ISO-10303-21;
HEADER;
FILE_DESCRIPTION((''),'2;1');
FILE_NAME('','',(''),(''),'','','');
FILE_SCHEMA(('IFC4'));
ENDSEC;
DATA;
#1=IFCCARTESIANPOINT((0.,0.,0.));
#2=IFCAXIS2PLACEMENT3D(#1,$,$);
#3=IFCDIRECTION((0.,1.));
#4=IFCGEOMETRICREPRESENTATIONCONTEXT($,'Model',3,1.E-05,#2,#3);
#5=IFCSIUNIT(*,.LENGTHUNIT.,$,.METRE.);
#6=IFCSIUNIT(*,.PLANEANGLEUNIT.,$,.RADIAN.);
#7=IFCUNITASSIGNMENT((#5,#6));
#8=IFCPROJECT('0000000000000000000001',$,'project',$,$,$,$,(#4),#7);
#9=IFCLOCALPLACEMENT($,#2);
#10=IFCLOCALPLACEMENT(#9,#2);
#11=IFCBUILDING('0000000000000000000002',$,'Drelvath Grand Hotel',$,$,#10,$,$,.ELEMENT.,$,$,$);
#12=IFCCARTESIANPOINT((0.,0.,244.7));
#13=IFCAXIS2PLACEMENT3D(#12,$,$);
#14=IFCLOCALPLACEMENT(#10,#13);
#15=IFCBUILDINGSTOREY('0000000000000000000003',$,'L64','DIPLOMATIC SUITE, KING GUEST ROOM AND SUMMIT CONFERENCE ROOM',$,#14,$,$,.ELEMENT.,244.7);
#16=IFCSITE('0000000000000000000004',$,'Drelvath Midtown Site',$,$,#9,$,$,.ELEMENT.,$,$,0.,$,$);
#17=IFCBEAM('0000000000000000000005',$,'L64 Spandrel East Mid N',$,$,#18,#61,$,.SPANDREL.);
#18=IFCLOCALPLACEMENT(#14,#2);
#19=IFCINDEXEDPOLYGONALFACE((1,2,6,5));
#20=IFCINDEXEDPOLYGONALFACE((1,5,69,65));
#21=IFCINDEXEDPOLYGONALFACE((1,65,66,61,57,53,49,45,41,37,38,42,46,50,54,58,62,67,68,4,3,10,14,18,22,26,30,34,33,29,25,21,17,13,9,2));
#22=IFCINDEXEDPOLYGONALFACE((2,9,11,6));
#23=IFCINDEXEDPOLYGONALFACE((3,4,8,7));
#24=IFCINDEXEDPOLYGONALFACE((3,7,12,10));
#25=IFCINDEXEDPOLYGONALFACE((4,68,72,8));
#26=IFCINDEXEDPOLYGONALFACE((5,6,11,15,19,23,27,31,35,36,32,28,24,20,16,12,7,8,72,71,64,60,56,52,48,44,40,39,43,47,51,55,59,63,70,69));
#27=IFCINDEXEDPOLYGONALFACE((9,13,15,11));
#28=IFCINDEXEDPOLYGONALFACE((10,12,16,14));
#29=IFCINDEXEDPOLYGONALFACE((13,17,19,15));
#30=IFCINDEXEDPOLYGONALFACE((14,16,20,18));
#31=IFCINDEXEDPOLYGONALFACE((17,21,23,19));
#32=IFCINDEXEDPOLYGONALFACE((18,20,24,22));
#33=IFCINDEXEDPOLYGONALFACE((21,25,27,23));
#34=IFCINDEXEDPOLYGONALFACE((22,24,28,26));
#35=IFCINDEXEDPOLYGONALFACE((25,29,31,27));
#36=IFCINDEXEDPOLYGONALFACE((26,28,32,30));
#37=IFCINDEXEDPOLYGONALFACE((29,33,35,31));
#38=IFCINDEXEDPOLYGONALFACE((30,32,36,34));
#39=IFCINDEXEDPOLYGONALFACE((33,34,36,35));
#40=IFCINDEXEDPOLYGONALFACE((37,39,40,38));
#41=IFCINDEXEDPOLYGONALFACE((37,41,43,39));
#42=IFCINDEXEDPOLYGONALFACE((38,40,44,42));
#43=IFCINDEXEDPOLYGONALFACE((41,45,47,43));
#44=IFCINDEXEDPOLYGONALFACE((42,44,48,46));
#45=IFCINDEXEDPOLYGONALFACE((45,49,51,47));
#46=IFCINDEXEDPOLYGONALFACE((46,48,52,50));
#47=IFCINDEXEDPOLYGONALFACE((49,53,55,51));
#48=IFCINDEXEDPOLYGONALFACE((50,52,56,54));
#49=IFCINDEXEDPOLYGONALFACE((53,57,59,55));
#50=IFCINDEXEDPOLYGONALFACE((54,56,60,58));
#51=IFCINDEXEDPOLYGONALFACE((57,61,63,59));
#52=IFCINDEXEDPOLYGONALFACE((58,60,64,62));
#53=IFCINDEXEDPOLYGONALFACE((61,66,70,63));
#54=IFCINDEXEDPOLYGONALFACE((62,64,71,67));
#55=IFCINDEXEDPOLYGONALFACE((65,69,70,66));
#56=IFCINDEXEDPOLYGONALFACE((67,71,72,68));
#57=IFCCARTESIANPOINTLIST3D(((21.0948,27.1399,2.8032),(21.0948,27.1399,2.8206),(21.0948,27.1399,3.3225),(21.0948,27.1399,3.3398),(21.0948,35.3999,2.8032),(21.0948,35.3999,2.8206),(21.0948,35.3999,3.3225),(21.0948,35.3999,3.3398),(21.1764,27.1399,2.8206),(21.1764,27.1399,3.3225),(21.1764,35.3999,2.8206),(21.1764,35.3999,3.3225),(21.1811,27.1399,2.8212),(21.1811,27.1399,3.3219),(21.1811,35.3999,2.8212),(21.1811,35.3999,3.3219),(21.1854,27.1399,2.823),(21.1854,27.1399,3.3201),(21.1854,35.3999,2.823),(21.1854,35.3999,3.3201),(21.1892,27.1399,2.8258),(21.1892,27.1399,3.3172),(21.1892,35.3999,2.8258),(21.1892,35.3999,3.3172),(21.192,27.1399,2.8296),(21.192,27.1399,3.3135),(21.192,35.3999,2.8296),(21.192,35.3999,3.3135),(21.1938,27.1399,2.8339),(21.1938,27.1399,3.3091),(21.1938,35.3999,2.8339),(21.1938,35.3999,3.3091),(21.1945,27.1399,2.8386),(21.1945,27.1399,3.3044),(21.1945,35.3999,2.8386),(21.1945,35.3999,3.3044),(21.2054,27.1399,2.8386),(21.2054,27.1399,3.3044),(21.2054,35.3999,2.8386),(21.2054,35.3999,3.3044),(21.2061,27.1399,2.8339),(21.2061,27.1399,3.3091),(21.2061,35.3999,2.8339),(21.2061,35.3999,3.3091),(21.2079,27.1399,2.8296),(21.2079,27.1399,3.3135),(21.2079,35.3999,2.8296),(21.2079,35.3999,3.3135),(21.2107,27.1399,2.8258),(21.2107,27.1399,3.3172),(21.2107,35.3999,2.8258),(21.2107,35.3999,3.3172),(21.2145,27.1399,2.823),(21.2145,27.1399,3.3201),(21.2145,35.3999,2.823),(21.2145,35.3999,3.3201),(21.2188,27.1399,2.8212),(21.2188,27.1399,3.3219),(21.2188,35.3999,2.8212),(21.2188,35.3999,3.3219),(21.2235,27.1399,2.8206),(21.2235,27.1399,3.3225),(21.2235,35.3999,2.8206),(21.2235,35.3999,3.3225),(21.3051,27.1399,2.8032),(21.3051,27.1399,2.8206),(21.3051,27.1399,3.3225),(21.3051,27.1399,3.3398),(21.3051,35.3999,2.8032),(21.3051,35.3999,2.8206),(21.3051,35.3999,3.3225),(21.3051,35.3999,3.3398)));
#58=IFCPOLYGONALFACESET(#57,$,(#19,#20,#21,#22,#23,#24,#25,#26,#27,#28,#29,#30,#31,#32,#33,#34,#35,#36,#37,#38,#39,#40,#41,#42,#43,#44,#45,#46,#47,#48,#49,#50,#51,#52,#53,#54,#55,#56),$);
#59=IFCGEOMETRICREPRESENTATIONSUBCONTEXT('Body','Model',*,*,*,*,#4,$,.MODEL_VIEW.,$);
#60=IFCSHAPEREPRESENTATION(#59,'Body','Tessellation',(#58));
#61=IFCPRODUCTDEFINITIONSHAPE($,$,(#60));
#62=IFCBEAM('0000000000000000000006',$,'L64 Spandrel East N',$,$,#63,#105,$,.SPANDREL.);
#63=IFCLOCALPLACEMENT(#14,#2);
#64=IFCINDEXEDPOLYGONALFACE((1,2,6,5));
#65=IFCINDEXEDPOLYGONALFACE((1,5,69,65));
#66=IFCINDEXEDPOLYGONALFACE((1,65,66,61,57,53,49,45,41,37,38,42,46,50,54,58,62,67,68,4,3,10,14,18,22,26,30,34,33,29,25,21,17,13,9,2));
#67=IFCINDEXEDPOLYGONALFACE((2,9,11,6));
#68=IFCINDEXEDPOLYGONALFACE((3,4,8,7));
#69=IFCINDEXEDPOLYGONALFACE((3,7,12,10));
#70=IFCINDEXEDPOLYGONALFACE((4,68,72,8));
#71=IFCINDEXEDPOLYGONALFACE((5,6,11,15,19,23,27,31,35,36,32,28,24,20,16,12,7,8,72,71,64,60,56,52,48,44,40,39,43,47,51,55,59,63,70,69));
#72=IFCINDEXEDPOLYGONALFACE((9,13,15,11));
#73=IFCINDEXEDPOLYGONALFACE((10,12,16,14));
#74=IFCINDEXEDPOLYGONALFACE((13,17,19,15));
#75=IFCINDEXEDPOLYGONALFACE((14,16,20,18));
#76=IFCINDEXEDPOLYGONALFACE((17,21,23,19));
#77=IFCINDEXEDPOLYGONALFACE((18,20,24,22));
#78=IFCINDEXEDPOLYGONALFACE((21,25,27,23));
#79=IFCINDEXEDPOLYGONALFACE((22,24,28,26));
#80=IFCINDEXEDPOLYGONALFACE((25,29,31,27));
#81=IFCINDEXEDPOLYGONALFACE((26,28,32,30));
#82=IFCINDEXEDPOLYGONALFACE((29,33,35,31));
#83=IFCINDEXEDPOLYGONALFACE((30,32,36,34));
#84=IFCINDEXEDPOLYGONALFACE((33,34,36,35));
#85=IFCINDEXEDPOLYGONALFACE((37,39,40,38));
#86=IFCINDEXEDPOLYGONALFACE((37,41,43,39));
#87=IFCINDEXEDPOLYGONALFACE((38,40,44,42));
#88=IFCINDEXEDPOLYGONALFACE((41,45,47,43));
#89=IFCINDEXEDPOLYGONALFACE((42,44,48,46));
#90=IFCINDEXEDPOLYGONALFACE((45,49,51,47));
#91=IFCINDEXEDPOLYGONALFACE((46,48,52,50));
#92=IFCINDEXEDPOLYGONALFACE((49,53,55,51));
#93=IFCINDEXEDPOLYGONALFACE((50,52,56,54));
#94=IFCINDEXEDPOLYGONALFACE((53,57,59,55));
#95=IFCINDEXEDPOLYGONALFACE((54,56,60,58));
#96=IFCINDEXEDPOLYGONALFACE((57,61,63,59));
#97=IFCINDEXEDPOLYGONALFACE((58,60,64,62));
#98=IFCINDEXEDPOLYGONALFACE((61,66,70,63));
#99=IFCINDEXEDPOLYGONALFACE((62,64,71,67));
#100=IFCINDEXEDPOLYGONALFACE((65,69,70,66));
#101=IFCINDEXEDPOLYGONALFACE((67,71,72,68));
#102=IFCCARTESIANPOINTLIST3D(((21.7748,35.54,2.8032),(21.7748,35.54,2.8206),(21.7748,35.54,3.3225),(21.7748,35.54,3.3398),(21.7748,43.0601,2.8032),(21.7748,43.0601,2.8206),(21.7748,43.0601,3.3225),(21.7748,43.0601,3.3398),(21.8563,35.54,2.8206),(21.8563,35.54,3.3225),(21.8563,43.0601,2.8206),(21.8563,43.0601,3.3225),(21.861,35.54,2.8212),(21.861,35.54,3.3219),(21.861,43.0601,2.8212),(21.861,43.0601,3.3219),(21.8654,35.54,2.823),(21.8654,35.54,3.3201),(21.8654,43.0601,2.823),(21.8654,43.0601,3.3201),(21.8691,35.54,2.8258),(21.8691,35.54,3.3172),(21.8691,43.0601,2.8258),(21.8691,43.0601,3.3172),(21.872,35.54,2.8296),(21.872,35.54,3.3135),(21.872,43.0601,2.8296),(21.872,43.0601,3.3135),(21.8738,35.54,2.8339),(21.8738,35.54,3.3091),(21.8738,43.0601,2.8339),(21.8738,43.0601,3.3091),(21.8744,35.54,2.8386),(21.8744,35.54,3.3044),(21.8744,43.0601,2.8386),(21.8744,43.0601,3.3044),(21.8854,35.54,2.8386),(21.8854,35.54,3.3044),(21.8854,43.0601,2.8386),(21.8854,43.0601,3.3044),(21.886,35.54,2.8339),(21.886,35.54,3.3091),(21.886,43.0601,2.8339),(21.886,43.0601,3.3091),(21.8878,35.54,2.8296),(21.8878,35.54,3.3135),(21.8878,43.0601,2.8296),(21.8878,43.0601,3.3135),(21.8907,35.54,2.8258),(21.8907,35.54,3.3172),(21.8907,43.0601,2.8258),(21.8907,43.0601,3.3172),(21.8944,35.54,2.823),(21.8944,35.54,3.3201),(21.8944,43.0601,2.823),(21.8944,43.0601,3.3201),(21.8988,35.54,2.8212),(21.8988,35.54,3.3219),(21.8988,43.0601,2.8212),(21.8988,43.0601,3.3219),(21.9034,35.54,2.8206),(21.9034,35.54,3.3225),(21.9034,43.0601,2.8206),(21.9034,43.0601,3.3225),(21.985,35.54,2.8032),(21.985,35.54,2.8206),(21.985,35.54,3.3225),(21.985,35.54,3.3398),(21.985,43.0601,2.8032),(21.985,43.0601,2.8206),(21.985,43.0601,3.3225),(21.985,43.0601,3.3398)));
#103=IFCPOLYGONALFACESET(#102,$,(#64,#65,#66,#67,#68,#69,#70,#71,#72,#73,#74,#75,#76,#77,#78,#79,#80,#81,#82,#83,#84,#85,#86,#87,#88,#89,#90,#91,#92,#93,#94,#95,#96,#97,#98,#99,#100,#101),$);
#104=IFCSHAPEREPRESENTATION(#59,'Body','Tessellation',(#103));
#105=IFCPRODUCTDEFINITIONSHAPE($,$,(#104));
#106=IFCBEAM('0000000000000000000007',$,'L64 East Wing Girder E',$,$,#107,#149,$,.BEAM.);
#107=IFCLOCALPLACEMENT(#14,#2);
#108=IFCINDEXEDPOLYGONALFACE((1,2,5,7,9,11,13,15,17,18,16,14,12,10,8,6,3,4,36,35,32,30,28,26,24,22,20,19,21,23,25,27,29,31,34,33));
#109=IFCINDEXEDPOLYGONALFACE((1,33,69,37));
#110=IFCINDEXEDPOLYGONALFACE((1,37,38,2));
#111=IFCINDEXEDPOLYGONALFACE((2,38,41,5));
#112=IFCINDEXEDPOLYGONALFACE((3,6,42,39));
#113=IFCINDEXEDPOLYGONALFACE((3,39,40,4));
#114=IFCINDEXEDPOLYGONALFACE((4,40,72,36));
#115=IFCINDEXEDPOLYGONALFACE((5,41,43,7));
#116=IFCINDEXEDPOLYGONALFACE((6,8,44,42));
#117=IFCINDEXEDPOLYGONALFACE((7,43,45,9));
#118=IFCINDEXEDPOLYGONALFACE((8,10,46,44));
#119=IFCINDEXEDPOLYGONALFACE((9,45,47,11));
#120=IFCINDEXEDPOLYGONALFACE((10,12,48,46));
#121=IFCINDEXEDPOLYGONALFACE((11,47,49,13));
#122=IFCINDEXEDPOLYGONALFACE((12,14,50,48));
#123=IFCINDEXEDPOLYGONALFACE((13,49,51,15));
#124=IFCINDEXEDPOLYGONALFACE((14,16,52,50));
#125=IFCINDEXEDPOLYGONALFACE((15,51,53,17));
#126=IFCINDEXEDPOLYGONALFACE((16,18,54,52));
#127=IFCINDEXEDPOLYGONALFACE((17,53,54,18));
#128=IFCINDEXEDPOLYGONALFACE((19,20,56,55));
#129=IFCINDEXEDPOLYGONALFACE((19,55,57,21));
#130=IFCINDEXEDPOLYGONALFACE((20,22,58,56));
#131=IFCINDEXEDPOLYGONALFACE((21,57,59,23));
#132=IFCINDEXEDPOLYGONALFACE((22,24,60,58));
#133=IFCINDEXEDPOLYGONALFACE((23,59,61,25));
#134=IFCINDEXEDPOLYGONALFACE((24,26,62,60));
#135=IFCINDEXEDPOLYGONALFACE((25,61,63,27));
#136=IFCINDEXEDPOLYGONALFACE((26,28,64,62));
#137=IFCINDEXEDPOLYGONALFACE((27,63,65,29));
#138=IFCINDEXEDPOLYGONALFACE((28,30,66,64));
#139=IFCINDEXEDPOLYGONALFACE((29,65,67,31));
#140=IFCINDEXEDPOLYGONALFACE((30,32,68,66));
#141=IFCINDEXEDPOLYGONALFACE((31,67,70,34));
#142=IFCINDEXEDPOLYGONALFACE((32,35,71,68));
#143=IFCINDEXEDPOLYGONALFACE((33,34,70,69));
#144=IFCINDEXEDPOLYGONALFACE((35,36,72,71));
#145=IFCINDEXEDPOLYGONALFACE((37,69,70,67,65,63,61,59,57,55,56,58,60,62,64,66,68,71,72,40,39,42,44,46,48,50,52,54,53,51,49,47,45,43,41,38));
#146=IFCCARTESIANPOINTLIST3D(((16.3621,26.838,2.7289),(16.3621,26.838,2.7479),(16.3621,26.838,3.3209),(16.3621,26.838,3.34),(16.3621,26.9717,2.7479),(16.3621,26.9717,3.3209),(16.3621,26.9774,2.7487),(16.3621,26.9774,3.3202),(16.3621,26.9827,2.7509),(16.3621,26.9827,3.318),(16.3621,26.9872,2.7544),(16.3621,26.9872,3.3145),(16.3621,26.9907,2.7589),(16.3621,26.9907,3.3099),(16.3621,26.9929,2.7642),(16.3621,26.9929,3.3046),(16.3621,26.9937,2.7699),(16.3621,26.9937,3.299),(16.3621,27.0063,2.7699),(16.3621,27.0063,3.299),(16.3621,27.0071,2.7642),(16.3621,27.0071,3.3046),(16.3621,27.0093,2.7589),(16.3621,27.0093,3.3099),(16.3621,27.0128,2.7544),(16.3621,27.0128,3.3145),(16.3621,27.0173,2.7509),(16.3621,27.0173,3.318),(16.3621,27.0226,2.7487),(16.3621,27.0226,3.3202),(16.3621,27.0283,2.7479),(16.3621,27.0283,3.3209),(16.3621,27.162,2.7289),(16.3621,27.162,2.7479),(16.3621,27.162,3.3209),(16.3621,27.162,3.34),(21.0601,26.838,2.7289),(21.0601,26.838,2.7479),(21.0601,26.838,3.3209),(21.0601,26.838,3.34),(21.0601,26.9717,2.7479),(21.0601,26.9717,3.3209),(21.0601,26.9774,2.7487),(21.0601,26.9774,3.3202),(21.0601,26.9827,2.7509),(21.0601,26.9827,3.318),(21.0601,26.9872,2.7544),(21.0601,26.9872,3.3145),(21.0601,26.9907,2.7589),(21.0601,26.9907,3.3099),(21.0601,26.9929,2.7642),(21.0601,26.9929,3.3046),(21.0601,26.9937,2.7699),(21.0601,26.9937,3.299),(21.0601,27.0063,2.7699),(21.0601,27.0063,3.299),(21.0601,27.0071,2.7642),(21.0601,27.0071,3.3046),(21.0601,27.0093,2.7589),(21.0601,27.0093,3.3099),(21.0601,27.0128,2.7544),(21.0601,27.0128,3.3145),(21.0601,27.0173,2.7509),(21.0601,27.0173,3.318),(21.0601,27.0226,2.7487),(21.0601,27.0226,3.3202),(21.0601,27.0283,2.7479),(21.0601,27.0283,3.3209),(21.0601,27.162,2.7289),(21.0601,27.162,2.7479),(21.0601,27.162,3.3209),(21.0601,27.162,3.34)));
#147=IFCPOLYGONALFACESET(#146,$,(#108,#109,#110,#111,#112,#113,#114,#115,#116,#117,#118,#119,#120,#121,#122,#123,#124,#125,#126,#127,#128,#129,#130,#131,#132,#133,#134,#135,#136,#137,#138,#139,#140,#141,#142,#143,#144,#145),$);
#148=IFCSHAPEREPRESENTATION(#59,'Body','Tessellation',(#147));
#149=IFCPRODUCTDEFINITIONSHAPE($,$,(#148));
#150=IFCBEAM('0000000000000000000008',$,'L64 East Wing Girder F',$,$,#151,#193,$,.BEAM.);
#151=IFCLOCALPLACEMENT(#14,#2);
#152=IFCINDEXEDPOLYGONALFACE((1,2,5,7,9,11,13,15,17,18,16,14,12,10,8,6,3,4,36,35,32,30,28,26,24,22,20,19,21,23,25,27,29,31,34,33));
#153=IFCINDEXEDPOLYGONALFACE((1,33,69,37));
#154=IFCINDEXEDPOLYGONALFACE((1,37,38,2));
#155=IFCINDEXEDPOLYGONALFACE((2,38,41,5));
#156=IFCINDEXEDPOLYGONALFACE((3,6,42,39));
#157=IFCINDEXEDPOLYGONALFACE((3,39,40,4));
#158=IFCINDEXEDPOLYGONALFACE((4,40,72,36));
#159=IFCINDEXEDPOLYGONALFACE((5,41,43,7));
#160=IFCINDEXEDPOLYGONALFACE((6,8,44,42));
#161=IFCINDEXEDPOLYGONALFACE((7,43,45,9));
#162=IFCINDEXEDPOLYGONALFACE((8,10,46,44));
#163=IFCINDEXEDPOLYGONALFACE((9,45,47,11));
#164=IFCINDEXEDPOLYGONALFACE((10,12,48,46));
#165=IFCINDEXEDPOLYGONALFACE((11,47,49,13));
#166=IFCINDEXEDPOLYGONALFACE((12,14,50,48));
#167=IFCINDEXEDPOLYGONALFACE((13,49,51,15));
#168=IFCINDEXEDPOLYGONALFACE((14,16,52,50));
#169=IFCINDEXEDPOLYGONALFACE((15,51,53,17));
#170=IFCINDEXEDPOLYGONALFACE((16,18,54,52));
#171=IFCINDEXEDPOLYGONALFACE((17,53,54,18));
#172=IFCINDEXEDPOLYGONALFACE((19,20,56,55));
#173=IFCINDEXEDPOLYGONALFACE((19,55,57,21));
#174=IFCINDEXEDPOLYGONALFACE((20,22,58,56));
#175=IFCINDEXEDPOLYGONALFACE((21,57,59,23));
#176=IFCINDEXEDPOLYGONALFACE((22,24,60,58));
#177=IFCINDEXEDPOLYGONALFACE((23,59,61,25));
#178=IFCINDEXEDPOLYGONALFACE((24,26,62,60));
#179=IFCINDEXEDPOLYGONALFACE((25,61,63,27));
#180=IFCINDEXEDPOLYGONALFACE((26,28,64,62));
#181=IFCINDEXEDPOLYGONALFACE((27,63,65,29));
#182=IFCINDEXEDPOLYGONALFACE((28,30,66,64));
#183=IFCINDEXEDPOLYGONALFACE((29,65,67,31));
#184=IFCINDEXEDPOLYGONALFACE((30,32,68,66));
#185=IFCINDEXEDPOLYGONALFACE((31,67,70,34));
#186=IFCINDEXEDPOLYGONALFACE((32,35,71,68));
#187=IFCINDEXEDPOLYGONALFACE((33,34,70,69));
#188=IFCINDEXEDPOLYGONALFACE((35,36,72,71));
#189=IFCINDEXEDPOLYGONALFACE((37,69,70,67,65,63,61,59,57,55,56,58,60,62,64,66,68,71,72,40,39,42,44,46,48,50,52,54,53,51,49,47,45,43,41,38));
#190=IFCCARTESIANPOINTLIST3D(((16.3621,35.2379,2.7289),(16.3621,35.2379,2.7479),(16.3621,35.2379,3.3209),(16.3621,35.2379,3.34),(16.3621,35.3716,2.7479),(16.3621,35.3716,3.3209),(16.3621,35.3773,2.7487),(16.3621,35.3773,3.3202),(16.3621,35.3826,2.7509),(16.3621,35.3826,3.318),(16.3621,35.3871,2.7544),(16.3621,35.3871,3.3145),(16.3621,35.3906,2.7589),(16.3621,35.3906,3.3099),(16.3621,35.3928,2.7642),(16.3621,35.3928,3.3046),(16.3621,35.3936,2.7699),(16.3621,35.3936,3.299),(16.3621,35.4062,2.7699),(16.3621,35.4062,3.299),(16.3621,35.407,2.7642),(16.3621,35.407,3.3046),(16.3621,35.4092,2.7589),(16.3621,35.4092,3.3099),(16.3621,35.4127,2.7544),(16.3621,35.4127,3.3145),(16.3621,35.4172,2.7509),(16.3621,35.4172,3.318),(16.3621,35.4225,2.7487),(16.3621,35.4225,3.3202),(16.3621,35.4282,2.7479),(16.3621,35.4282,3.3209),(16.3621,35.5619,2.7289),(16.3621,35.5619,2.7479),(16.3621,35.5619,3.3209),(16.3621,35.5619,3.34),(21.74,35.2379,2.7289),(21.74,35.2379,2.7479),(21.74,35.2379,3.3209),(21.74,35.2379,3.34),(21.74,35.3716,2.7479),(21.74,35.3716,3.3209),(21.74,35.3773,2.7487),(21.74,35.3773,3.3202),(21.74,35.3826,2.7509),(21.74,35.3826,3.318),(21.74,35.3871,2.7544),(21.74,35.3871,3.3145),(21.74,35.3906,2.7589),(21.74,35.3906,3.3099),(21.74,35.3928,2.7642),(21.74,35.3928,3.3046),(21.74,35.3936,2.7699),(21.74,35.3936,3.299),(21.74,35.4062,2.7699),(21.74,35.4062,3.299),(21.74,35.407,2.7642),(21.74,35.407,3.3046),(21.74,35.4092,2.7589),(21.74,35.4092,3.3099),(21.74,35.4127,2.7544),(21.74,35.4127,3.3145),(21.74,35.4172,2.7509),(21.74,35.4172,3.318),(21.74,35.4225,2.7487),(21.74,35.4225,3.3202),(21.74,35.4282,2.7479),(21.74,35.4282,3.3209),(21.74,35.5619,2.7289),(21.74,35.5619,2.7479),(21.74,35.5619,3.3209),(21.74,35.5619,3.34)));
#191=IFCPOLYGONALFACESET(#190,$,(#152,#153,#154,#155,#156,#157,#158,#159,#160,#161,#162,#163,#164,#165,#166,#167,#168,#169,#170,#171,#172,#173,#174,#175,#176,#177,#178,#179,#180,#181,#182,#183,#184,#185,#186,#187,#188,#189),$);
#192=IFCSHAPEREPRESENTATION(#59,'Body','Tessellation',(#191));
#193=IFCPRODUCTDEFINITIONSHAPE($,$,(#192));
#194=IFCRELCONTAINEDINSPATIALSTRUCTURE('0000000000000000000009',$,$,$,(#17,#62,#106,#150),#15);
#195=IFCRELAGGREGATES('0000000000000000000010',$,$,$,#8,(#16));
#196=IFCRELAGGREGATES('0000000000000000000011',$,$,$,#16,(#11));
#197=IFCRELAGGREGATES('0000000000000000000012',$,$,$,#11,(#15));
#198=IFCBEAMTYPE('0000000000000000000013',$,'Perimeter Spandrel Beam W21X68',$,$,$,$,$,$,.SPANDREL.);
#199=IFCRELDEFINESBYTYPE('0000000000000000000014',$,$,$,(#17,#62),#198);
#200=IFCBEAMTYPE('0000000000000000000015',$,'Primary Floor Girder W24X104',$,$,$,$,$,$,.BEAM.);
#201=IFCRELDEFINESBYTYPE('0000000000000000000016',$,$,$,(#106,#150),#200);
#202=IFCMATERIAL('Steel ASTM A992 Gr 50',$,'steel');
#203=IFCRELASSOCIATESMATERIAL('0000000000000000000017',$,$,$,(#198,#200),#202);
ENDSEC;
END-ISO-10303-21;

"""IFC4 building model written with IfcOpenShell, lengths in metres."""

from ifc_helpers import new_model, si_unit, direction, frame, origin, origin_2d, place, context, subcontext, project, spatial, i_section, extrude, material, material_profile, profile_set, type_object, element, save


model = new_model("IFC4")

# Units and contexts
model_context = context("Model", 3, precision=1e-05, world=origin(), true_north=direction((0.0, 1.0)))
body_context = subcontext(model_context, "Body", "Model", "MODEL_VIEW")
ifc_project = project(units=[si_unit("LENGTHUNIT", "METRE"), si_unit("PLANEANGLEUNIT", "RADIAN")], contexts=[model_context])

# Site, building, storey
site_placement = place(None, origin())
site = spatial("IfcSite", under=ifc_project, at=site_placement, Name="Drelvath Midtown Site", CompositionType="ELEMENT", RefElevation=0.0)
building_placement = place(site_placement, origin())
building = spatial("IfcBuilding", under=site, at=building_placement, Name="Drelvath Grand Hotel", CompositionType="ELEMENT")
storey_placement = place(building_placement, frame((0.0, 0.0, 244.7)))
storey = spatial("IfcBuildingStorey", under=building, at=storey_placement, Name="L64", Description="DIPLOMATIC SUITE, KING GUEST ROOM AND SUMMIT CONFERENCE ROOM", CompositionType="ELEMENT", Elevation=244.7)

# Beams
ifc_material_1 = material(Name="Steel ASTM A992 Gr 50", Category="steel")
ifc_material_profile_1 = material_profile(ifc_material_1, i_section(OverallWidth=0.2102, OverallDepth=0.5366, WebThickness=0.011, FlangeThickness=0.0173, FilletRadius=0.0181, at=origin_2d()), Name="W21X68")
ifc_profile_set_1 = profile_set([ifc_material_profile_1], Name="Steel ASTM A992 Gr 50")
beam_type_1 = type_object("IfcBeamType", Name="Perimeter Spandrel Beam W21X68", PredefinedType="SPANDREL", material=ifc_profile_set_1)
beam_1_placement = place(storey_placement, frame((21.2, 27.1399, 3.0715), z_axis=(0.0, 1.0, 0.0), x_axis=(-1.0, 0.0, 0.0)))
element("IfcBeam", 1, at=beam_1_placement, inside=storey, type_object=beam_type_1, Name="L64 Spandrel East Mid N", PredefinedType="SPANDREL", context=body_context, shape_type="SweptSolid", body=[
    extrude(i_section(OverallWidth=0.2102, OverallDepth=0.5366, WebThickness=0.011, FlangeThickness=0.0173, FilletRadius=0.0181, at=origin_2d()), origin(), (0.0, 0.0, 1.0), 8.26),
])
beam_2_placement = place(storey_placement, frame((21.8799, 35.54, 3.0715), z_axis=(0.0, 1.0, 0.0), x_axis=(-1.0, 0.0, 0.0)))
element("IfcBeam", 2, at=beam_2_placement, inside=storey, type_object=beam_type_1, Name="L64 Spandrel East N", PredefinedType="SPANDREL", context=body_context, shape_type="SweptSolid", body=[
    extrude(i_section(OverallWidth=0.2102, OverallDepth=0.5366, WebThickness=0.011, FlangeThickness=0.0173, FilletRadius=0.0181, at=origin_2d()), origin(), (0.0, 0.0, 1.0), 7.52),
])
ifc_material_profile_2 = material_profile(ifc_material_1, i_section(OverallWidth=0.324, OverallDepth=0.6111, WebThickness=0.0127, FlangeThickness=0.019, FilletRadius=0.022, at=origin_2d()), Name="W24X104")
ifc_profile_set_2 = profile_set([ifc_material_profile_2], Name="Steel ASTM A992 Gr 50")
beam_type_2 = type_object("IfcBeamType", Name="Primary Floor Girder W24X104", PredefinedType="BEAM", material=ifc_profile_set_2)
beam_3_placement = place(storey_placement, frame((16.3621, 27.0, 3.0344), z_axis=(1.0, 0.0, 0.0), x_axis=(0.0, 1.0, 0.0)))
element("IfcBeam", 3, at=beam_3_placement, inside=storey, type_object=beam_type_2, Name="L64 East Wing Girder E", PredefinedType="BEAM", context=body_context, shape_type="SweptSolid", body=[
    extrude(i_section(OverallWidth=0.324, OverallDepth=0.6111, WebThickness=0.0127, FlangeThickness=0.019, FilletRadius=0.022, at=origin_2d()), origin(), (0.0, 0.0, 1.0), 4.698),
])
beam_4_placement = place(storey_placement, frame((16.3621, 35.3999, 3.0344), z_axis=(1.0, 0.0, 0.0), x_axis=(0.0, 1.0, 0.0)))
element("IfcBeam", 4, at=beam_4_placement, inside=storey, type_object=beam_type_2, Name="L64 East Wing Girder F", PredefinedType="BEAM", context=body_context, shape_type="SweptSolid", body=[
    extrude(i_section(OverallWidth=0.324, OverallDepth=0.6111, WebThickness=0.0127, FlangeThickness=0.019, FilletRadius=0.022, at=origin_2d()), origin(), (0.0, 0.0, 1.0), 5.3779),
])

save(model, "model.ifc")
